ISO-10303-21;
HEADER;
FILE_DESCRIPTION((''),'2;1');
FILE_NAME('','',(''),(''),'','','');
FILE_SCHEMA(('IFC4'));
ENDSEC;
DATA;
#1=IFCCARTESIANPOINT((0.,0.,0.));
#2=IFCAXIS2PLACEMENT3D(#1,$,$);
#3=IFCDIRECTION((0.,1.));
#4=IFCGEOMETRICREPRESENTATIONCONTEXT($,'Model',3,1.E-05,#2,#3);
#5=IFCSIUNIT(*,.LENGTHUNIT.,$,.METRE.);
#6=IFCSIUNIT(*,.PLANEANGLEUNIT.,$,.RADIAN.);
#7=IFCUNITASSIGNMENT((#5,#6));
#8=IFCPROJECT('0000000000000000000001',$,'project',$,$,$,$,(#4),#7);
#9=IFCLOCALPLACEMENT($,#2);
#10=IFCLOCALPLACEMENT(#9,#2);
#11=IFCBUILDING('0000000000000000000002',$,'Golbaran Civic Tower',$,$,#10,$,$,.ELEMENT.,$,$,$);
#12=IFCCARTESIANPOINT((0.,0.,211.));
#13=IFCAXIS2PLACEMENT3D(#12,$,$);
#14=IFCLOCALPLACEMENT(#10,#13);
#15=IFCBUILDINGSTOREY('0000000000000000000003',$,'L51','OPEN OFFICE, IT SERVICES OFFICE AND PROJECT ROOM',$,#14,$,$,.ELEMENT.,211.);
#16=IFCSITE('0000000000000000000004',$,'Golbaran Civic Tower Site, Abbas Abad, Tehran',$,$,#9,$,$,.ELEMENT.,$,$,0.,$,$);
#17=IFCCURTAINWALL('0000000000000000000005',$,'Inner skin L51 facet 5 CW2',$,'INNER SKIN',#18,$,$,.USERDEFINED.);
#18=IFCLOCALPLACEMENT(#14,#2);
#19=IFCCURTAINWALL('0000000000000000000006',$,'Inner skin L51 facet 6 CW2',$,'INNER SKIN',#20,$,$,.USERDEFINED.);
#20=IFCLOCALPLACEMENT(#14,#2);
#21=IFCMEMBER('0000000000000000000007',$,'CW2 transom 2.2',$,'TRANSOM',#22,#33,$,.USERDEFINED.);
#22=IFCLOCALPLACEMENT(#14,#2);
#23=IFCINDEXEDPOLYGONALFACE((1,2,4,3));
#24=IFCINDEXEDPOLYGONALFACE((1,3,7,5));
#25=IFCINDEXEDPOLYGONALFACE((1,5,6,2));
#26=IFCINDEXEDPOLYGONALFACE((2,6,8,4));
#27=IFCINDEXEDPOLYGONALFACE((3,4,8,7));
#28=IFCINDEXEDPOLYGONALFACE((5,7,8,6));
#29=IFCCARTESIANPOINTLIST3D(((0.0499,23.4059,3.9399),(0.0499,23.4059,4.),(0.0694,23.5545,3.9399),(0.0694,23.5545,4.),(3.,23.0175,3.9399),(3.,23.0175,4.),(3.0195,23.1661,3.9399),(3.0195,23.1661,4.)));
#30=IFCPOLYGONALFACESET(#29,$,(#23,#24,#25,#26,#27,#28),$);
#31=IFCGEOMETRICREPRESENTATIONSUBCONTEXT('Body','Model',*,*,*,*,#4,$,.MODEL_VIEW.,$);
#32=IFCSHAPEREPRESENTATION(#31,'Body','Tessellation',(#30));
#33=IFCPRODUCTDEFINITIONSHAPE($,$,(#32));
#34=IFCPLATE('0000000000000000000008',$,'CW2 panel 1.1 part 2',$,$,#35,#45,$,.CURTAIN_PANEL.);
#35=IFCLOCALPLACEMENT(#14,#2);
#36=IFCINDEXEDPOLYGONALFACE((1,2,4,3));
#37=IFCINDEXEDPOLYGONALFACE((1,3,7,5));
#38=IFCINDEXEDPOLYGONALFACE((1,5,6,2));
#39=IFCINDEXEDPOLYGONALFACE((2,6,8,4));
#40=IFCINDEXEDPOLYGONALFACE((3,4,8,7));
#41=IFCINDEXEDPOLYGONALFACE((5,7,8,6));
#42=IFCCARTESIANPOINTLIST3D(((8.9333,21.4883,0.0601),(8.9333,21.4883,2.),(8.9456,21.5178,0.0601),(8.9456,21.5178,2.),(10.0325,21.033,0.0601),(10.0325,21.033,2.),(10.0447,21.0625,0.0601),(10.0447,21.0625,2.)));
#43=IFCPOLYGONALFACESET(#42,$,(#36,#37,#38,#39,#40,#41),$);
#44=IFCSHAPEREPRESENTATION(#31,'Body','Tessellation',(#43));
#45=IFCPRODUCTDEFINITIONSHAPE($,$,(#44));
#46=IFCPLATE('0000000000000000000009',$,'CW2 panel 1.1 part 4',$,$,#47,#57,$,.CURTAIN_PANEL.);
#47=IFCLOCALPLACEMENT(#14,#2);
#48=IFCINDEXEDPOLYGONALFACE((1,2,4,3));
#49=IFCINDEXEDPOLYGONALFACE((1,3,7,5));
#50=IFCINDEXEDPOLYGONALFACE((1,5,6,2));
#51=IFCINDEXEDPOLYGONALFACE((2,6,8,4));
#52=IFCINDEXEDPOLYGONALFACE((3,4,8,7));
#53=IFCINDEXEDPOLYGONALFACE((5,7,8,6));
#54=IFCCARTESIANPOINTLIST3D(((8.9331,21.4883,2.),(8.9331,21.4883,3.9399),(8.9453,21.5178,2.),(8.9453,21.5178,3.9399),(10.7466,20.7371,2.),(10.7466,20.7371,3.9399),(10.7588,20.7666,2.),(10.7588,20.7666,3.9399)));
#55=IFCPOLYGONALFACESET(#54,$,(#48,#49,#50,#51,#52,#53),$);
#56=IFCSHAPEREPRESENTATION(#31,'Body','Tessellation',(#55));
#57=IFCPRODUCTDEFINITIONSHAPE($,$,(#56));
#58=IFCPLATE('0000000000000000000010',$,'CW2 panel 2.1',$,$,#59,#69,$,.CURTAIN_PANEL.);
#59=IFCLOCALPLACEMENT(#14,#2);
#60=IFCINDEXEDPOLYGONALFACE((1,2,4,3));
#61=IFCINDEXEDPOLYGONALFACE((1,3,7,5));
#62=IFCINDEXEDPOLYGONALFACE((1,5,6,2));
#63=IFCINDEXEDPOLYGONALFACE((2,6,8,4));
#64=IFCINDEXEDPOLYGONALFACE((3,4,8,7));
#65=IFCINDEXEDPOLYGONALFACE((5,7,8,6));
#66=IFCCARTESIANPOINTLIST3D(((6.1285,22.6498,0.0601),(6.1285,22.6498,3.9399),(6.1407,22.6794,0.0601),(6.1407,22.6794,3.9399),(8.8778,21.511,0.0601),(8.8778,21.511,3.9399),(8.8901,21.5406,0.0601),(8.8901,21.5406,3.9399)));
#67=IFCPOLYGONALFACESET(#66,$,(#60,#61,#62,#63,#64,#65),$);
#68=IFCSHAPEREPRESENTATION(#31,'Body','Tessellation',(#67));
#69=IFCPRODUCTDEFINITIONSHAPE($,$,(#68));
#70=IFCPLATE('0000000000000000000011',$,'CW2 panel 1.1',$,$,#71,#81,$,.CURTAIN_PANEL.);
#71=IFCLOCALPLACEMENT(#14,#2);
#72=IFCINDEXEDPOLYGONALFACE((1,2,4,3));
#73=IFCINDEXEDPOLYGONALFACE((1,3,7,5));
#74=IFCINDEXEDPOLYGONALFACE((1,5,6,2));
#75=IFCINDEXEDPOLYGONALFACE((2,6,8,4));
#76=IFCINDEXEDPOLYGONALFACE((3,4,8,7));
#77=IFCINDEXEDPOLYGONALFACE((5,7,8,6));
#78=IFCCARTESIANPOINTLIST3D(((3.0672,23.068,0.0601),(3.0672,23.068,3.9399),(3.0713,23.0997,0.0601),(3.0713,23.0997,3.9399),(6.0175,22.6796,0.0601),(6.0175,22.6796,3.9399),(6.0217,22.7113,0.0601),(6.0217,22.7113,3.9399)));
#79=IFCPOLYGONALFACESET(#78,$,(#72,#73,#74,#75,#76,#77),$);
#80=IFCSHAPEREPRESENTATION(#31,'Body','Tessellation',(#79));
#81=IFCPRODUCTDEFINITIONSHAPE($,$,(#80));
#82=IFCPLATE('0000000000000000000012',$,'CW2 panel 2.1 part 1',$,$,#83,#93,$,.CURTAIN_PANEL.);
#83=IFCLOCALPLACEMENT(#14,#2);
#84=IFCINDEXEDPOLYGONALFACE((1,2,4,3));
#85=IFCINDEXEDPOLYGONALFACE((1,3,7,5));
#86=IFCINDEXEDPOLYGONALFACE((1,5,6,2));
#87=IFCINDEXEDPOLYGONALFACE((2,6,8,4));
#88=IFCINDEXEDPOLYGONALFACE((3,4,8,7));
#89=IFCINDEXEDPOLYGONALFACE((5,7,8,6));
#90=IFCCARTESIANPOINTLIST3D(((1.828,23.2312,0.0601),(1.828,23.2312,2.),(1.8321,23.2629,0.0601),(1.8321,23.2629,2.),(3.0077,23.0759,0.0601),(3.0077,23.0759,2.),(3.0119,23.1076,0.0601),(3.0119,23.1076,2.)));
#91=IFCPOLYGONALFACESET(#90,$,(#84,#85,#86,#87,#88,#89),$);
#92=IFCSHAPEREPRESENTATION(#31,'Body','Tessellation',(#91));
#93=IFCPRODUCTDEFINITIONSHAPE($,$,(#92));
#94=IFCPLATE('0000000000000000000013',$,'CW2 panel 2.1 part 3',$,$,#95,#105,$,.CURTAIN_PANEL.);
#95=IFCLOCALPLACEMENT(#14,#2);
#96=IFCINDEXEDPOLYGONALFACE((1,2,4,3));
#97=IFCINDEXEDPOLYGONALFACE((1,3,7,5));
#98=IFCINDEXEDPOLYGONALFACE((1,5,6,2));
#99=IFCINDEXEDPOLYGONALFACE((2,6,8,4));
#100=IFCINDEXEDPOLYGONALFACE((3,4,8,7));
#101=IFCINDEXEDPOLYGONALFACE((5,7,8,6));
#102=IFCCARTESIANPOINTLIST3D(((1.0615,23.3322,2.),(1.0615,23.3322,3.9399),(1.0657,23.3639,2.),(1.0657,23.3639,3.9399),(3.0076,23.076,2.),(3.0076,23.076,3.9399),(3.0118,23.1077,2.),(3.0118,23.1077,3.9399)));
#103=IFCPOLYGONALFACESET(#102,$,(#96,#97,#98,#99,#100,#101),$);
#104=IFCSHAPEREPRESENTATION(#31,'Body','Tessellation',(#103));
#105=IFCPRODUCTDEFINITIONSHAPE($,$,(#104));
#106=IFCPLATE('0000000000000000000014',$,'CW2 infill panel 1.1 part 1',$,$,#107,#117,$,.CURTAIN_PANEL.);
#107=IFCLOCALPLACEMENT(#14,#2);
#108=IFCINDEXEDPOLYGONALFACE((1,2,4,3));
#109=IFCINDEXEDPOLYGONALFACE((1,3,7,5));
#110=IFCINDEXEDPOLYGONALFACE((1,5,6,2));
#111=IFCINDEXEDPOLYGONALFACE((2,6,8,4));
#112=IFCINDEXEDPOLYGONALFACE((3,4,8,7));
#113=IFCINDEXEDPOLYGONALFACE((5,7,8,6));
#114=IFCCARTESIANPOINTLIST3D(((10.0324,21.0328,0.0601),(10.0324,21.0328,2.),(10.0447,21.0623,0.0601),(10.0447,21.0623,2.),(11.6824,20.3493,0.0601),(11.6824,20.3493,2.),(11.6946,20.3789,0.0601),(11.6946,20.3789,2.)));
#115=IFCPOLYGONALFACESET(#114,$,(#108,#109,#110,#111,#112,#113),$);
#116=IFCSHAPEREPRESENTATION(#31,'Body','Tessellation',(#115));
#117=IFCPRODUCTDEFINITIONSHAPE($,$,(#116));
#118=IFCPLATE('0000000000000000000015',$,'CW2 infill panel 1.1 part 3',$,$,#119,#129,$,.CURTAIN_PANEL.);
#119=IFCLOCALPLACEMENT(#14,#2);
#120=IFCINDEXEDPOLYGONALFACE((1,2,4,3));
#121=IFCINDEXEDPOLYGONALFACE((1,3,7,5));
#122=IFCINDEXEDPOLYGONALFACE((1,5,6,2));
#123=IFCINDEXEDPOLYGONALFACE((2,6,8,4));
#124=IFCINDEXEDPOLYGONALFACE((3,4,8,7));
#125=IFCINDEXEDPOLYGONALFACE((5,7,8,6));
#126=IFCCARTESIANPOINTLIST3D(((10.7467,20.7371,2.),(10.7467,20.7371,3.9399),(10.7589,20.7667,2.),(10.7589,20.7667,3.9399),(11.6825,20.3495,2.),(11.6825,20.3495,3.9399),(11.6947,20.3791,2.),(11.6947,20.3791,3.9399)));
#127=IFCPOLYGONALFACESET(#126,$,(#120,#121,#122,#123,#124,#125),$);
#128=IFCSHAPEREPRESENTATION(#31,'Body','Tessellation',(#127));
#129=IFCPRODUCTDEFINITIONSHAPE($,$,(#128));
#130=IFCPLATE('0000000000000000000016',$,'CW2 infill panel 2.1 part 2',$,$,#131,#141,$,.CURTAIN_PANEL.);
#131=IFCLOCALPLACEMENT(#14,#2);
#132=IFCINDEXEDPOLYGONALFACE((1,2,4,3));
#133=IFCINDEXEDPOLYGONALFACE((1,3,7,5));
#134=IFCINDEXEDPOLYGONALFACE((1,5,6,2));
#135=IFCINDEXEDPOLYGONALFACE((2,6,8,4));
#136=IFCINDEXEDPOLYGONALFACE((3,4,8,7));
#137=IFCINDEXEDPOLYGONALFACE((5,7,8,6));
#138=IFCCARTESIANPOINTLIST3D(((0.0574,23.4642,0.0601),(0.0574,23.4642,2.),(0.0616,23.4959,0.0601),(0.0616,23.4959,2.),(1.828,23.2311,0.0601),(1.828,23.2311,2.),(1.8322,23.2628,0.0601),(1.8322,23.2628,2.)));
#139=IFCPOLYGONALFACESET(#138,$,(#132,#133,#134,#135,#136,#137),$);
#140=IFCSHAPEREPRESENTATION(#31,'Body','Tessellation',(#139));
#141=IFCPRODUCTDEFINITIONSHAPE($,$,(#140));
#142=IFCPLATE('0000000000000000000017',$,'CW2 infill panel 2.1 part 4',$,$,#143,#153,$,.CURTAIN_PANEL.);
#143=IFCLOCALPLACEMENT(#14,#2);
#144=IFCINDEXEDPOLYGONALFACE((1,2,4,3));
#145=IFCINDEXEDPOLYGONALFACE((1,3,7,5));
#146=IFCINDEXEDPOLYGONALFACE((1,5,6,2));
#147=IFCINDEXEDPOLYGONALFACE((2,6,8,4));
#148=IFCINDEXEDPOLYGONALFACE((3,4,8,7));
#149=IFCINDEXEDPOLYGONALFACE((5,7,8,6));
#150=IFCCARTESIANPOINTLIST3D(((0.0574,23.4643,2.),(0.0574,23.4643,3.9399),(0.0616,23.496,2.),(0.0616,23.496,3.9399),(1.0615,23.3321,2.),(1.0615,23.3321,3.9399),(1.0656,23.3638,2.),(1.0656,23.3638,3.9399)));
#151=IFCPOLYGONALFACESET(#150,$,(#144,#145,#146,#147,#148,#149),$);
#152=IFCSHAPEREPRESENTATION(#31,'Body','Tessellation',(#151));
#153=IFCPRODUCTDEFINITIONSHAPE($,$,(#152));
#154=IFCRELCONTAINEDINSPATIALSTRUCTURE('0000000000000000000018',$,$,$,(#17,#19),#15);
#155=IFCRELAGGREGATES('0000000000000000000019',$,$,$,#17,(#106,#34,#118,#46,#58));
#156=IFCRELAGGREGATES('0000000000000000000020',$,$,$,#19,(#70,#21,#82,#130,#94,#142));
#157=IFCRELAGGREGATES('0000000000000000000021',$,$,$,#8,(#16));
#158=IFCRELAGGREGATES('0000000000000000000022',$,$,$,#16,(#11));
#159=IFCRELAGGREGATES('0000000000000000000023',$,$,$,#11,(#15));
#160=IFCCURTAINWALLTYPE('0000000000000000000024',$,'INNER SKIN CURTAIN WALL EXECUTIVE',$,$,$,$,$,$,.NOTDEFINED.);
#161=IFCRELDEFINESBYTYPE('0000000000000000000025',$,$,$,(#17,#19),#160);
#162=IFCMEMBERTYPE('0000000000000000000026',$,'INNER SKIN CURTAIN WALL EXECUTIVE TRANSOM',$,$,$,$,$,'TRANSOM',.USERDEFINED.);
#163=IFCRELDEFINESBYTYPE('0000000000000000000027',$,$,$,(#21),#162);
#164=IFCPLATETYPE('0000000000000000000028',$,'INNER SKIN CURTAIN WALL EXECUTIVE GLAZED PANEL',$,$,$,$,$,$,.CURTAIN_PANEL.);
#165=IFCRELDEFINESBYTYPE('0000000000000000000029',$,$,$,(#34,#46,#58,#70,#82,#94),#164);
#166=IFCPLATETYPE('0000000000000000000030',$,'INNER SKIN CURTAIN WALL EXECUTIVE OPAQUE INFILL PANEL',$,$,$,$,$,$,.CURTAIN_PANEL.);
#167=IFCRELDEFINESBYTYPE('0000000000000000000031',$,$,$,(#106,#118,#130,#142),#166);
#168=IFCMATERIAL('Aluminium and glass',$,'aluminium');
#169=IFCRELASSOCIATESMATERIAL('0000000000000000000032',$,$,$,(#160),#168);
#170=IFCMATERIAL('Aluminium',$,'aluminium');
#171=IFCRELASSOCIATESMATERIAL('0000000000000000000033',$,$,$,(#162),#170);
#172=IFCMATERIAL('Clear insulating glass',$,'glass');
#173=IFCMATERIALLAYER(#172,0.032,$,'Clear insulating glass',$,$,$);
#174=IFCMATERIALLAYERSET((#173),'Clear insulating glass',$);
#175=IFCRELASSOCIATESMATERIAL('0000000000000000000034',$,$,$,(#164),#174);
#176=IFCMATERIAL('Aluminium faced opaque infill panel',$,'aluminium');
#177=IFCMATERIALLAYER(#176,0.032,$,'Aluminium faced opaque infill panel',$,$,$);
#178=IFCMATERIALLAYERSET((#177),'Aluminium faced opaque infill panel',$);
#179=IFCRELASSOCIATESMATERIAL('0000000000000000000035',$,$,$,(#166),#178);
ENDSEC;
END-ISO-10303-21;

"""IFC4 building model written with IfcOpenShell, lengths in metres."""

from ifc_helpers import new_model, si_unit, direction, frame, origin, origin_2d, place, context, subcontext, project, spatial, rectangle, extrude, material, layer, layer_set, material_profile, profile_set, type_object, element, aggregate, save


model = new_model("IFC4")

# Units and contexts
model_context = context("Model", 3, precision=1e-05, world=origin(), true_north=direction((0.0, 1.0)))
body_context = subcontext(model_context, "Body", "Model", "MODEL_VIEW")
ifc_project = project(units=[si_unit("LENGTHUNIT", "METRE"), si_unit("PLANEANGLEUNIT", "RADIAN")], contexts=[model_context])

# Site, building, storey
site_placement = place(None, origin())
site = spatial("IfcSite", under=ifc_project, at=site_placement, Name="Golbaran Civic Tower Site, Abbas Abad, Tehran", CompositionType="ELEMENT", RefElevation=0.0)
building_placement = place(site_placement, origin())
building = spatial("IfcBuilding", under=site, at=building_placement, Name="Golbaran Civic Tower", CompositionType="ELEMENT")
storey_placement = place(building_placement, frame((0.0, 0.0, 211.0)))
storey = spatial("IfcBuildingStorey", under=building, at=storey_placement, Name="L51", Description="OPEN OFFICE, IT SERVICES OFFICE AND PROJECT ROOM", CompositionType="ELEMENT", Elevation=211.0)

# Shared definitions
ifc_material_1 = material(Name="Aluminium and glass", Category="aluminium")
curtain_wall_type = type_object("IfcCurtainWallType", Name="INNER SKIN CURTAIN WALL EXECUTIVE", PredefinedType="NOTDEFINED", material=ifc_material_1)
ifc_material_2 = material(Name="Aluminium", Category="aluminium")

# Curtain walls
curtain_wall_1_placement = place(storey_placement, origin())
curtain_wall_1 = element("IfcCurtainWall", 1, at=curtain_wall_1_placement, inside=storey, type_object=curtain_wall_type, Name="Inner skin L51 facet 5 CW2", ObjectType="INNER SKIN", PredefinedType="USERDEFINED")
curtain_wall_2_placement = place(storey_placement, origin())
curtain_wall_2 = element("IfcCurtainWall", 2, at=curtain_wall_2_placement, inside=storey, type_object=curtain_wall_type, Name="Inner skin L51 facet 6 CW2", ObjectType="INNER SKIN", PredefinedType="USERDEFINED")

# Member
ifc_material_profile_1 = material_profile(ifc_material_2, rectangle(XDim=0.1499, YDim=0.0601, at=origin_2d()), Name="INNER SKIN CURTAIN WALL EXECUTIVE TRANSOM")
ifc_profile_set_1 = profile_set([ifc_material_profile_1], Name="Aluminium")
member_type_1 = type_object("IfcMemberType", Name="INNER SKIN CURTAIN WALL EXECUTIVE TRANSOM", ElementType="TRANSOM", PredefinedType="USERDEFINED", material=ifc_profile_set_1)
member_1_placement = place(storey_placement, frame((3.0098, 23.0918, 3.97), z_axis=(-0.991444, 0.130535, 0.0), x_axis=(-0.130535, -0.991444, 0.0)))
member_1 = element("IfcMember", 3, at=member_1_placement, type_object=member_type_1, Name="CW2 transom 2.2", ObjectType="TRANSOM", PredefinedType="USERDEFINED", context=body_context, shape_type="SweptSolid", body=[
    extrude(rectangle(XDim=0.1499, YDim=0.0601, at=origin_2d()), origin(), (0.0, 0.0, 1.0), 2.9756),
])

# Plates
ifc_material_3 = material(Name="Clear insulating glass", Category="glass")
ifc_layer_1 = layer(ifc_material_3, 0.032, Name="Clear insulating glass")
ifc_layer_set_1 = layer_set([ifc_layer_1], Name="Clear insulating glass")
plate_type_1 = type_object("IfcPlateType", Name="INNER SKIN CURTAIN WALL EXECUTIVE GLAZED PANEL", PredefinedType="CURTAIN_PANEL", material=ifc_layer_set_1)
plate_1_placement = place(storey_placement, frame((9.489, 21.2754, 0.0601), z_axis=(0.0, 0.0, 1.0), x_axis=(-0.92388, 0.382683, 0.0)))
plate_1 = element("IfcPlate", 4, at=plate_1_placement, type_object=plate_type_1, Name="CW2 panel 1.1 part 2", PredefinedType="CURTAIN_PANEL", context=body_context, shape_type="SweptSolid", body=[
    extrude(rectangle(XDim=1.1897, YDim=0.032, at=origin_2d()), origin(), (0.0, 0.0, 1.0), 1.9399),
])
plate_2_placement = place(storey_placement, frame((9.8459, 21.1274, 2.0), z_axis=(0.0, 0.0, 1.0), x_axis=(-0.92388, 0.382683, 0.0)))
plate_2 = element("IfcPlate", 5, at=plate_2_placement, type_object=plate_type_1, Name="CW2 panel 1.1 part 4", PredefinedType="CURTAIN_PANEL", context=body_context, shape_type="SweptSolid", body=[
    extrude(rectangle(XDim=1.9629, YDim=0.032, at=origin_2d()), origin(), (0.0, 0.0, 1.0), 1.9399),
])
plate_3_placement = place(storey_placement, frame((7.5093, 22.0952, 0.0601), z_axis=(0.0, 0.0, 1.0), x_axis=(-0.92388, 0.382683, 0.0)))
plate_3 = element("IfcPlate", 6, at=plate_3_placement, type_object=plate_type_1, Name="CW2 panel 2.1", PredefinedType="CURTAIN_PANEL", context=body_context, shape_type="SweptSolid", body=[
    extrude(rectangle(XDim=2.9758, YDim=0.032, at=origin_2d()), origin(), (0.0, 0.0, 1.0), 3.8799),
])
plate_4_placement = place(storey_placement, frame((4.5444, 22.8896, 0.0601), z_axis=(0.0, 0.0, 1.0), x_axis=(-0.991445, 0.130526, 0.0)))
plate_4 = element("IfcPlate", 7, at=plate_4_placement, type_object=plate_type_1, Name="CW2 panel 1.1", PredefinedType="CURTAIN_PANEL", context=body_context, shape_type="SweptSolid", body=[
    extrude(rectangle(XDim=2.9758, YDim=0.032, at=origin_2d()), origin(), (0.0, 0.0, 1.0), 3.8799),
])
plate_5_placement = place(storey_placement, frame((2.4199, 23.1694, 0.0601), z_axis=(0.0, 0.0, 1.0), x_axis=(-0.991445, 0.130526, 0.0)))
plate_5 = element("IfcPlate", 8, at=plate_5_placement, type_object=plate_type_1, Name="CW2 panel 2.1 part 1", PredefinedType="CURTAIN_PANEL", context=body_context, shape_type="SweptSolid", body=[
    extrude(rectangle(XDim=1.1899, YDim=0.032, at=origin_2d()), origin(), (0.0, 0.0, 1.0), 1.9399),
])
plate_6_placement = place(storey_placement, frame((2.0366, 23.22, 2.0), z_axis=(0.0, 0.0, 1.0), x_axis=(-0.991445, 0.130526, 0.0)))
plate_6 = element("IfcPlate", 9, at=plate_6_placement, type_object=plate_type_1, Name="CW2 panel 2.1 part 3", PredefinedType="CURTAIN_PANEL", context=body_context, shape_type="SweptSolid", body=[
    extrude(rectangle(XDim=1.9629, YDim=0.032, at=origin_2d()), origin(), (0.0, 0.0, 1.0), 1.9399),
])
ifc_material_4 = material(Name="Aluminium faced opaque infill panel", Category="aluminium")
ifc_layer_2 = layer(ifc_material_4, 0.032, Name="Aluminium faced opaque infill panel")
ifc_layer_set_2 = layer_set([ifc_layer_2], Name="Aluminium faced opaque infill panel")
plate_type_2 = type_object("IfcPlateType", Name="INNER SKIN CURTAIN WALL EXECUTIVE OPAQUE INFILL PANEL", PredefinedType="CURTAIN_PANEL", material=ifc_layer_set_2)
plate_7_placement = place(storey_placement, frame((10.8635, 20.7058, 0.0601), z_axis=(0.0, 0.0, 1.0), x_axis=(-0.92388, 0.382683, 0.0)))
plate_7 = element("IfcPlate", 10, at=plate_7_placement, type_object=plate_type_2, Name="CW2 infill panel 1.1 part 1", PredefinedType="CURTAIN_PANEL", context=body_context, shape_type="SweptSolid", body=[
    extrude(rectangle(XDim=1.7859, YDim=0.032, at=origin_2d()), origin(), (0.0, 0.0, 1.0), 1.9399),
])
plate_8_placement = place(storey_placement, frame((11.2207, 20.5581, 2.0), z_axis=(0.0, 0.0, 1.0), x_axis=(-0.92388, 0.382683, 0.0)))
plate_8 = element("IfcPlate", 11, at=plate_8_placement, type_object=plate_type_2, Name="CW2 infill panel 1.1 part 3", PredefinedType="CURTAIN_PANEL", context=body_context, shape_type="SweptSolid", body=[
    extrude(rectangle(XDim=1.0129, YDim=0.032, at=origin_2d()), origin(), (0.0, 0.0, 1.0), 1.9399),
])
aggregate(curtain_wall_1, [plate_7, plate_1, plate_8, plate_2, plate_3])
plate_9_placement = place(storey_placement, frame((0.9448, 23.3635, 0.0601), z_axis=(0.0, 0.0, 1.0), x_axis=(-0.991445, 0.130526, 0.0)))
plate_9 = element("IfcPlate", 12, at=plate_9_placement, type_object=plate_type_2, Name="CW2 infill panel 2.1 part 2", PredefinedType="CURTAIN_PANEL", context=body_context, shape_type="SweptSolid", body=[
    extrude(rectangle(XDim=1.7859, YDim=0.032, at=origin_2d()), origin(), (0.0, 0.0, 1.0), 1.9399),
])
plate_10_placement = place(storey_placement, frame((0.5615, 23.4141, 2.0), z_axis=(0.0, 0.0, 1.0), x_axis=(-0.991445, 0.130526, 0.0)))
plate_10 = element("IfcPlate", 13, at=plate_10_placement, type_object=plate_type_2, Name="CW2 infill panel 2.1 part 4", PredefinedType="CURTAIN_PANEL", context=body_context, shape_type="SweptSolid", body=[
    extrude(rectangle(XDim=1.0127, YDim=0.032, at=origin_2d()), origin(), (0.0, 0.0, 1.0), 1.9399),
])
aggregate(curtain_wall_2, [plate_4, member_1, plate_5, plate_9, plate_6, plate_10])

save(model, "model.ifc")
